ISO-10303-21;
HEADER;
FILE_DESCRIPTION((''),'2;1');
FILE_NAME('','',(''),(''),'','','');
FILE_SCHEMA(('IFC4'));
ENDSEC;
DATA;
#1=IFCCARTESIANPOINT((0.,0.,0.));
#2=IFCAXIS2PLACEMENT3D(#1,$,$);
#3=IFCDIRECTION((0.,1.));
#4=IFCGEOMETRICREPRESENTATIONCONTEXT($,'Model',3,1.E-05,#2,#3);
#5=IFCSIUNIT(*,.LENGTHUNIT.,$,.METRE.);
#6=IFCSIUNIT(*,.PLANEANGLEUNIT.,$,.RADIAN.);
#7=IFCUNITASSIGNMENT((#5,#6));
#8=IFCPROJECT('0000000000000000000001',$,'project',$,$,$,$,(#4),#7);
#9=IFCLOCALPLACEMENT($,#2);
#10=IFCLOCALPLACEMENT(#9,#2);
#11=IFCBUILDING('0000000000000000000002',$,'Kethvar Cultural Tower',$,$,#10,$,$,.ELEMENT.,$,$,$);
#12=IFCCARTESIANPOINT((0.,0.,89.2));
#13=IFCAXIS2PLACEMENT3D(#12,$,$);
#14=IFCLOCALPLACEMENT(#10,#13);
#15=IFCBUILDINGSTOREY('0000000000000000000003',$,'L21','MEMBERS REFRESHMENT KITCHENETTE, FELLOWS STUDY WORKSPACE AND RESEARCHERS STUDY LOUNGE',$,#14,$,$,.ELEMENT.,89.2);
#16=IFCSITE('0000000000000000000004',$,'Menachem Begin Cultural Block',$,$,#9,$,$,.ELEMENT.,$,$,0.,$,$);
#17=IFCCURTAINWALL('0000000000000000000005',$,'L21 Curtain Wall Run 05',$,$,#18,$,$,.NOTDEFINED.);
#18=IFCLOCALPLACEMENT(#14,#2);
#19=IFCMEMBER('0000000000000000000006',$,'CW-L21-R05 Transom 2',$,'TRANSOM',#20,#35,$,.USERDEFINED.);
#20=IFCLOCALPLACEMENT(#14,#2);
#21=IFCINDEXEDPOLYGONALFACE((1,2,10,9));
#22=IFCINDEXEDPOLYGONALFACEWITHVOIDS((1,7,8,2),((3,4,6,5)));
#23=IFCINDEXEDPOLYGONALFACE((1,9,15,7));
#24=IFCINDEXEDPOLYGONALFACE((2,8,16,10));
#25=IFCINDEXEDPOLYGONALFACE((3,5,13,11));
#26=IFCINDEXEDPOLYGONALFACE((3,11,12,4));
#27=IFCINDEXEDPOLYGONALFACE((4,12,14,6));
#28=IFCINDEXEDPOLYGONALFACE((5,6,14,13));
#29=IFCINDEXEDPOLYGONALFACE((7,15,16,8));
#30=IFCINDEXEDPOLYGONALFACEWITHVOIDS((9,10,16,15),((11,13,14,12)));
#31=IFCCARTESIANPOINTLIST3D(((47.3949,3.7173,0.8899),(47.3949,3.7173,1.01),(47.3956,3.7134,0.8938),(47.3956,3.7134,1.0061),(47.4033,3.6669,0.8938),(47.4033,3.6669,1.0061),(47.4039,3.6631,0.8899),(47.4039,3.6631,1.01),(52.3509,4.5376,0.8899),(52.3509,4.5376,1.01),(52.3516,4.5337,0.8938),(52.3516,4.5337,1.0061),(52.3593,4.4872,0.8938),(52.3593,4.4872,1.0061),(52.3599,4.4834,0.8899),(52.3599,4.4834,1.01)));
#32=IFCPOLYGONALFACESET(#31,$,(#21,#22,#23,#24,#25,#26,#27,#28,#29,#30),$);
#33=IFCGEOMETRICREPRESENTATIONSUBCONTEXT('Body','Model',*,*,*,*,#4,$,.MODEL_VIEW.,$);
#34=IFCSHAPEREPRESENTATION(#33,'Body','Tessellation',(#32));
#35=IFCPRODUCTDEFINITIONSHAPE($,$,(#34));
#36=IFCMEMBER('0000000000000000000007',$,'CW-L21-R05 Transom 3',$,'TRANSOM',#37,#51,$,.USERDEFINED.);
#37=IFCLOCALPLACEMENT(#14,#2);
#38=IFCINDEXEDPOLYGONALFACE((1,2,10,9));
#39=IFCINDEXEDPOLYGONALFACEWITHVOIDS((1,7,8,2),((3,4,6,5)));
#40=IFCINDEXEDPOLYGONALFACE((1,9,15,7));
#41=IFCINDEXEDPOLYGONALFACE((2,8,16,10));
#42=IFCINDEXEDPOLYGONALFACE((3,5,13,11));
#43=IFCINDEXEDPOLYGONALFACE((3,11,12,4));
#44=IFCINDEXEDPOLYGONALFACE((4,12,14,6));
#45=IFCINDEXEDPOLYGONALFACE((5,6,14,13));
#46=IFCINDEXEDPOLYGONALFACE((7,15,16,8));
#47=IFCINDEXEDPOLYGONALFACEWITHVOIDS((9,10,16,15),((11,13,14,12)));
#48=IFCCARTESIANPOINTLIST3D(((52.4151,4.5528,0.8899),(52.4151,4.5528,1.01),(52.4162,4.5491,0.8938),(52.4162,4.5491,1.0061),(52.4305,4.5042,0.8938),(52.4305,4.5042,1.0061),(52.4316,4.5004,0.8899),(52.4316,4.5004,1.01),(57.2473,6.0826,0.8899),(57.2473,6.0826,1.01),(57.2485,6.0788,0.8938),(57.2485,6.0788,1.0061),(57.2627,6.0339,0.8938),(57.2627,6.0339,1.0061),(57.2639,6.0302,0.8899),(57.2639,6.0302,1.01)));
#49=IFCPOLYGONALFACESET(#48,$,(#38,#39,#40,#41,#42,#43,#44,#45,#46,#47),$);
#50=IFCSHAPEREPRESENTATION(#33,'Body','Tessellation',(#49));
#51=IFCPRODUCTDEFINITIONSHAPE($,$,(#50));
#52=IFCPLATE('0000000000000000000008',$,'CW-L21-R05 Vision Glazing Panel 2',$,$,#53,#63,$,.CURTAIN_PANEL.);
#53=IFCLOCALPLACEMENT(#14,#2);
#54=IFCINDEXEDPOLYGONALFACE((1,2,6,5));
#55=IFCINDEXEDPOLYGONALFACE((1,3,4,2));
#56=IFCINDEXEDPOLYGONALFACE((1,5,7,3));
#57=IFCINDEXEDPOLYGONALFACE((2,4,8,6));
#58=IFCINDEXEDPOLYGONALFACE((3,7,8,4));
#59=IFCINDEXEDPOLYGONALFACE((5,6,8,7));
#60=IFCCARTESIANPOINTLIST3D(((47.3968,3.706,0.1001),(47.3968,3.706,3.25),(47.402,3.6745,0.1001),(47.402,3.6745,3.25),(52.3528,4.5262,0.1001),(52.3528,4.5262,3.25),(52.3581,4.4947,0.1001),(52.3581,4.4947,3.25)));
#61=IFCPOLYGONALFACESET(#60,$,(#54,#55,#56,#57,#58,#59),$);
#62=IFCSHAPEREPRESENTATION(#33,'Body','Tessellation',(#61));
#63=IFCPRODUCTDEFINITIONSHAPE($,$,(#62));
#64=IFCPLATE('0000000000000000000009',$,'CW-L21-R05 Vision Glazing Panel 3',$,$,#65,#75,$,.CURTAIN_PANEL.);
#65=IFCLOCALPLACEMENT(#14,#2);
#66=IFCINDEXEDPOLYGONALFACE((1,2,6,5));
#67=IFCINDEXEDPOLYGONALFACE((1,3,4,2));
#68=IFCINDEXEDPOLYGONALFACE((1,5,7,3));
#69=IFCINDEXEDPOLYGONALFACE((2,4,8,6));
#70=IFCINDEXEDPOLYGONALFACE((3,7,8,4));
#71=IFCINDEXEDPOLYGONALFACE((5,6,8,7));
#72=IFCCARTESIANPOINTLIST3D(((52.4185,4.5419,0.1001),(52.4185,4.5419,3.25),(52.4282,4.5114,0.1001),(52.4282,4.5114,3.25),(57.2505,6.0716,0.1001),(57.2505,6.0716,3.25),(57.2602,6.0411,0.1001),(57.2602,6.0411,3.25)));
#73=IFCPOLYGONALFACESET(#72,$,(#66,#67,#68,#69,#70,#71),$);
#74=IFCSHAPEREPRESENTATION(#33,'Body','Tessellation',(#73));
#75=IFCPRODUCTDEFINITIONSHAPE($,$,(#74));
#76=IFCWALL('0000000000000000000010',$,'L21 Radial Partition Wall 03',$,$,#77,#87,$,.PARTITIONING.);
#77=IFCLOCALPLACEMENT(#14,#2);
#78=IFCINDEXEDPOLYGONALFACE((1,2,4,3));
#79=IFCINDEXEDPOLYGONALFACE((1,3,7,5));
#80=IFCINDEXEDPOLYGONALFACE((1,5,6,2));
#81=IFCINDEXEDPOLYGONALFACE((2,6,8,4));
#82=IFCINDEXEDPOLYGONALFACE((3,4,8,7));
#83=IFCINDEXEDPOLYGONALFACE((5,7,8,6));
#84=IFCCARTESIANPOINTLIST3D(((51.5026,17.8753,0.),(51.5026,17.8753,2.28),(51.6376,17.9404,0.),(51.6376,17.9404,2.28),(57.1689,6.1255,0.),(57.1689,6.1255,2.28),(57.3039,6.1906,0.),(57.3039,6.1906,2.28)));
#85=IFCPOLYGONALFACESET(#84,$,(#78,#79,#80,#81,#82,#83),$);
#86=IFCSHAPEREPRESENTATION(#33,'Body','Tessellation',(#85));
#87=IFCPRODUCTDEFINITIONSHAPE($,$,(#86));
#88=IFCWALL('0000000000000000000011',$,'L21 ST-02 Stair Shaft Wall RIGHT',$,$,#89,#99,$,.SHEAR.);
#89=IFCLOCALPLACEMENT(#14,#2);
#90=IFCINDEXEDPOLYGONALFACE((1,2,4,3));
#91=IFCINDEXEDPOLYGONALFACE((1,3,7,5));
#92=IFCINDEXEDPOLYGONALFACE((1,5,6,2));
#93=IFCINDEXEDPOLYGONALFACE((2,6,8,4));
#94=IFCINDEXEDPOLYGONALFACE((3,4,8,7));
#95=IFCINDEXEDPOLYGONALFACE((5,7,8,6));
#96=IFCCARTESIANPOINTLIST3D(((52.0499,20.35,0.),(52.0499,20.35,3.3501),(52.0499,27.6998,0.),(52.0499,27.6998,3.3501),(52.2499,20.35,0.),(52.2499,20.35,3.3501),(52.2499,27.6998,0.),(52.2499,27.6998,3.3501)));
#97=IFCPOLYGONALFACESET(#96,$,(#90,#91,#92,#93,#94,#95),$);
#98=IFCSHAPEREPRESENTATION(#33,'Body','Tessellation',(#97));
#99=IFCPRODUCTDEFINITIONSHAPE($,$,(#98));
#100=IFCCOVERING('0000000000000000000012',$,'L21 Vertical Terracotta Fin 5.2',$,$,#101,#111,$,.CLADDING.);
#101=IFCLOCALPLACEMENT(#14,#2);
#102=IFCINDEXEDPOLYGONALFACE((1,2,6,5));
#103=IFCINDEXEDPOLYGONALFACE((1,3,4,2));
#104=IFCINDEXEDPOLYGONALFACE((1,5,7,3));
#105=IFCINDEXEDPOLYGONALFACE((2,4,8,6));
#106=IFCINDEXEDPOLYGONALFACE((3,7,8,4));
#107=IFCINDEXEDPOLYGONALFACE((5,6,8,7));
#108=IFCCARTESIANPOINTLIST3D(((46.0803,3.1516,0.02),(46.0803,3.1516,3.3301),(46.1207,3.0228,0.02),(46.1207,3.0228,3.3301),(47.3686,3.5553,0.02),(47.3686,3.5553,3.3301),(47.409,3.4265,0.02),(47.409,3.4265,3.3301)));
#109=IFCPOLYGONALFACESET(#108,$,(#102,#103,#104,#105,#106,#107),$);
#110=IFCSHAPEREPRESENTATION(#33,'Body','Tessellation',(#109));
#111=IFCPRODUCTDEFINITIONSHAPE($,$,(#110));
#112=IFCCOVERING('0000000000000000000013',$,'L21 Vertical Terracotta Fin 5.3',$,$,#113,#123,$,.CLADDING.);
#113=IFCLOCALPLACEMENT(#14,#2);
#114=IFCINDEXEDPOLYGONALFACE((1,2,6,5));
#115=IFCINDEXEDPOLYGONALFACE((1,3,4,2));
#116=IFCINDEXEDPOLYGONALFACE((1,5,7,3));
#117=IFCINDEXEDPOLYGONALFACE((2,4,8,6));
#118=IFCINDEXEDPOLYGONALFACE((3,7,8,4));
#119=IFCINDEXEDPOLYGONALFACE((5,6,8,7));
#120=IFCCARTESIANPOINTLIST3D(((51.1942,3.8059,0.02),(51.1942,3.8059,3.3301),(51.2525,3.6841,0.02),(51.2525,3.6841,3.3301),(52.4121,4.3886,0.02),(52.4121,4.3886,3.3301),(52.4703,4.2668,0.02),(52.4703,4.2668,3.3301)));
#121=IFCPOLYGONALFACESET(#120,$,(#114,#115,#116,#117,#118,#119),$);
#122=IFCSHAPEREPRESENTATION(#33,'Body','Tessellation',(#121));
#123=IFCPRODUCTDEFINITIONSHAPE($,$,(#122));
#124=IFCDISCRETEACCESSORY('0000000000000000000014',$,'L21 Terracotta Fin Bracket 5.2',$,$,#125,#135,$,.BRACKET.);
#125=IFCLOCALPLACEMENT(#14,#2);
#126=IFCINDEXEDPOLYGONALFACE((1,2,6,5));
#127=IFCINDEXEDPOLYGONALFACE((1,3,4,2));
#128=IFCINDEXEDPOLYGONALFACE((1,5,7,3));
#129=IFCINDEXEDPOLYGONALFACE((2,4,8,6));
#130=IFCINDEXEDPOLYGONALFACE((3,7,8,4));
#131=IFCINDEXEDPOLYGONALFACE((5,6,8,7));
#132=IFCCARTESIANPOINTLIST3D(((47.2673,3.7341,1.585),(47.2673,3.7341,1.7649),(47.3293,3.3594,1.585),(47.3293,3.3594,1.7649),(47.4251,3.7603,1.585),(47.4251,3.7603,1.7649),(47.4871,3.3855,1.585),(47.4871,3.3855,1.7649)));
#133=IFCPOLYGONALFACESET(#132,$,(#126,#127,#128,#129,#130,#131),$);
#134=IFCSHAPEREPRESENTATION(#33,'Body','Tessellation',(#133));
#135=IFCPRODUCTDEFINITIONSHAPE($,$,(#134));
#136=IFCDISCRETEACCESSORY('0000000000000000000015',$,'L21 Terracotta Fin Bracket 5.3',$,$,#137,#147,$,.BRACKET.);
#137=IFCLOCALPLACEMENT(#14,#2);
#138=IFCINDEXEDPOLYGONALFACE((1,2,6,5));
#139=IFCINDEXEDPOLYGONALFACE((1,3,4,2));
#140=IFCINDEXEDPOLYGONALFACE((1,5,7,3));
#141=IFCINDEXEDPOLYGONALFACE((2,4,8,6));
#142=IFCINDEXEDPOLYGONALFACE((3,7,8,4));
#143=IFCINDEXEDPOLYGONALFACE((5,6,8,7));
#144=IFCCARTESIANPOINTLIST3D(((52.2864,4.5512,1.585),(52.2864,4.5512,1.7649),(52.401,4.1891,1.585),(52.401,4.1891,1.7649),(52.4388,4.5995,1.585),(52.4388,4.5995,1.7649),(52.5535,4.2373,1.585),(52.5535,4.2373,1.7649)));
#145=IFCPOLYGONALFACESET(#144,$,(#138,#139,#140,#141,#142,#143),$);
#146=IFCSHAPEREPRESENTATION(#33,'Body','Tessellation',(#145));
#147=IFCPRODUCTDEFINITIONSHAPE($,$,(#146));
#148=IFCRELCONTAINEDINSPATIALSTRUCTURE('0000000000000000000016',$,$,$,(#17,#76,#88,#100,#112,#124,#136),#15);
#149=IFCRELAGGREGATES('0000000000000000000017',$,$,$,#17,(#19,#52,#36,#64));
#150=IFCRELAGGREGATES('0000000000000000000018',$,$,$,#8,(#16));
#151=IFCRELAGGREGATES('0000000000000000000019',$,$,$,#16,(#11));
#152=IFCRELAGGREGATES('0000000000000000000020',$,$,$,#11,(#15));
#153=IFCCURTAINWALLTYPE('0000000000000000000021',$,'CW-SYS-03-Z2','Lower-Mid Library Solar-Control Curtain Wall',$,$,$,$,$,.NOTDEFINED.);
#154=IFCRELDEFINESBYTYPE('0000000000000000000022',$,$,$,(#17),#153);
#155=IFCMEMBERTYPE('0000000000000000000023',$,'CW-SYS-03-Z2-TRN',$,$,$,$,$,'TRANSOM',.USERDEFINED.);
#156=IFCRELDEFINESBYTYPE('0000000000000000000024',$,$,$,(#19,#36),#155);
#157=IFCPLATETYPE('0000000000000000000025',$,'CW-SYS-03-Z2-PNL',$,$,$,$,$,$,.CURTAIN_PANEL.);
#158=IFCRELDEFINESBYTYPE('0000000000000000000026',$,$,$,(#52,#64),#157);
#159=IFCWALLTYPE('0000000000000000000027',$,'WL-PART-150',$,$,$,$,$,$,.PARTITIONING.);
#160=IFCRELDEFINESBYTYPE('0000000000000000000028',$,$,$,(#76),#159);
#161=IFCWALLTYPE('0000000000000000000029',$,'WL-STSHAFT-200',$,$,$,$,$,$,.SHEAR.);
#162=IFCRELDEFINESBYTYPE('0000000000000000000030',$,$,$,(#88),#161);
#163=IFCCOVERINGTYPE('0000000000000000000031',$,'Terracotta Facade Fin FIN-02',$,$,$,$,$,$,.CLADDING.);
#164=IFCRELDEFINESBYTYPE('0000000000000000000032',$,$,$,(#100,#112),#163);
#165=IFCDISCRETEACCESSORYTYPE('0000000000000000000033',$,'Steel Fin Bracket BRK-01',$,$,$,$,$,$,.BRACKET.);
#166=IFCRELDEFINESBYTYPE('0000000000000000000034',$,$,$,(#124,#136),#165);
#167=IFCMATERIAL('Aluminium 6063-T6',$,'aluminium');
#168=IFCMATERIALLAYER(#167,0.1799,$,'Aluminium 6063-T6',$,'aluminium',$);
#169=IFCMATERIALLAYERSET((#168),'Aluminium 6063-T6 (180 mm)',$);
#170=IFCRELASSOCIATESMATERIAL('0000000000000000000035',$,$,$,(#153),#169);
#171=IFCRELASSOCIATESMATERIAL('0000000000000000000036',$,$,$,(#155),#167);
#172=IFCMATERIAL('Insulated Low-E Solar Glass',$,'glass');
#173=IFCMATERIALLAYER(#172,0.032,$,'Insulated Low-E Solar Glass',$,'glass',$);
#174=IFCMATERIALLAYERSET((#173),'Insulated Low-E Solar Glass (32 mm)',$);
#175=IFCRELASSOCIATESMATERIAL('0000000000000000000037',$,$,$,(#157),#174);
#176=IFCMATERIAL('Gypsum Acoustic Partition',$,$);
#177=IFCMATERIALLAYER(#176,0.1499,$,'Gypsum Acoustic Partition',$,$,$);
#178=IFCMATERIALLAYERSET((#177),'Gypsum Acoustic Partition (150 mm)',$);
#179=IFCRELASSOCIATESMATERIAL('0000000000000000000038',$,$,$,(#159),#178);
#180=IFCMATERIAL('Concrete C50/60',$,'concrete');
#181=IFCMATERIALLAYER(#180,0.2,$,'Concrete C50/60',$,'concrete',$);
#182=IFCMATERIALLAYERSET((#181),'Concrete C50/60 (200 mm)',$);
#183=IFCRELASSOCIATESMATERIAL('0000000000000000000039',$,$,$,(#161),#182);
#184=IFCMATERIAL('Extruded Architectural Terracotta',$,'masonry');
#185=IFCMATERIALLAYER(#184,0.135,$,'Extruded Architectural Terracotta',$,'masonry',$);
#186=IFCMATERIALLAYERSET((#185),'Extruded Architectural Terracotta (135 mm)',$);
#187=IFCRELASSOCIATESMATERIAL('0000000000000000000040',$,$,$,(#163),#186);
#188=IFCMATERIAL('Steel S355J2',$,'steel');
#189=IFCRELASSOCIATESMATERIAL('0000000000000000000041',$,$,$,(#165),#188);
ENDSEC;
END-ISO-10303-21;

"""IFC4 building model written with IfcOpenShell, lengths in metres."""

from ifc_helpers import new_model, si_unit, direction, frame, frame_2d, origin, origin_2d, place, context, subcontext, project, spatial, rectangle, hollow_rectangle, extrude, source, transform, mapped, material, layer, layer_set, material_profile, profile_set, type_object, element, aggregate, save


model = new_model("IFC4")

# Units and contexts
model_context = context("Model", 3, precision=1e-05, world=origin(), true_north=direction((0.0, 1.0)))
body_context = subcontext(model_context, "Body", "Model", "MODEL_VIEW")
ifc_project = project(units=[si_unit("LENGTHUNIT", "METRE"), si_unit("PLANEANGLEUNIT", "RADIAN")], contexts=[model_context])

# Site, building, storey
site_placement = place(None, origin())
site = spatial("IfcSite", under=ifc_project, at=site_placement, Name="Menachem Begin Cultural Block", CompositionType="ELEMENT", RefElevation=0.0)
building_placement = place(site_placement, origin())
building = spatial("IfcBuilding", under=site, at=building_placement, Name="Kethvar Cultural Tower", CompositionType="ELEMENT")
storey_placement = place(building_placement, frame((0.0, 0.0, 89.2)))
storey = spatial("IfcBuildingStorey", under=building, at=storey_placement, Name="L21", Description="MEMBERS REFRESHMENT KITCHENETTE, FELLOWS STUDY WORKSPACE AND RESEARCHERS STUDY LOUNGE", CompositionType="ELEMENT", Elevation=89.2)

# Shared definitions
ifc_material_1 = material(Name="Steel S355J2", Category="steel")

# Curtain wall, members, plates
ifc_material_2 = material(Name="Aluminium 6063-T6", Category="aluminium")
ifc_layer_1 = layer(ifc_material_2, 0.1799, Name="Aluminium 6063-T6", Category="aluminium")
ifc_layer_set_1 = layer_set([ifc_layer_1], Name="Aluminium 6063-T6 (180 mm)")
curtain_wall_type = type_object("IfcCurtainWallType", Name="CW-SYS-03-Z2", Description="Lower-Mid Library Solar-Control Curtain Wall", PredefinedType="NOTDEFINED", material=ifc_layer_set_1)
curtain_wall_placement = place(storey_placement, origin())
curtain_wall = element("IfcCurtainWall", 1, at=curtain_wall_placement, inside=storey, type_object=curtain_wall_type, Name="L21 Curtain Wall Run 05", PredefinedType="NOTDEFINED")
ifc_material_profile_1 = material_profile(ifc_material_2, hollow_rectangle(XDim=0.0549, YDim=0.1201, WallThickness=0.0039, at=origin_2d()), Name="Aluminium 6063-T6 — RHS120x55x4")
ifc_profile_set_1 = profile_set([ifc_material_profile_1], Name="Aluminium 6063-T6 — RHS120x55x4")
member_type_1 = type_object("IfcMemberType", Name="CW-SYS-03-Z2-TRN", ElementType="TRANSOM", PredefinedType="USERDEFINED", material=ifc_profile_set_1)
shared_shape_1 = source(origin(), body_context, "Body", "SweptSolid", [
    extrude(hollow_rectangle(XDim=0.0549, YDim=0.1201, WallThickness=0.0039, at=origin_2d()), origin(), (0.0, 0.0, 1.0), 5.0234),
])
member_1_placement = place(storey_placement, frame((47.3994, 3.6902, 0.95), z_axis=(0.986577, 0.163296, 0.0), x_axis=(-0.163296, 0.986577, 0.0)))
member_1 = element("IfcMember", 2, at=member_1_placement, type_object=member_type_1, Name="CW-L21-R05 Transom 2", ObjectType="TRANSOM", PredefinedType="USERDEFINED", context=body_context, shape_type="MappedRepresentation", body=[
    mapped(shared_shape_1, transform((0.0, 0.0, 0.0), scale=1.0)),
])
shared_shape_2 = source(origin(), body_context, "Body", "SweptSolid", [
    extrude(hollow_rectangle(XDim=0.0549, YDim=0.1201, WallThickness=0.0039, at=origin_2d()), origin(), (0.0, 0.0, 1.0), 5.0686),
])
member_2_placement = place(storey_placement, frame((52.4233, 4.5266, 0.95), z_axis=(0.953367, 0.301814, 0.0), x_axis=(-0.301814, 0.953367, 0.0)))
member_2 = element("IfcMember", 3, at=member_2_placement, type_object=member_type_1, Name="CW-L21-R05 Transom 3", ObjectType="TRANSOM", PredefinedType="USERDEFINED", context=body_context, shape_type="MappedRepresentation", body=[
    mapped(shared_shape_2, transform((0.0, 0.0, 0.0), scale=1.0)),
])
ifc_material_3 = material(Name="Insulated Low-E Solar Glass", Category="glass")
ifc_layer_2 = layer(ifc_material_3, 0.032, Name="Insulated Low-E Solar Glass", Category="glass")
ifc_layer_set_2 = layer_set([ifc_layer_2], Name="Insulated Low-E Solar Glass (32 mm)")
plate_type = type_object("IfcPlateType", Name="CW-SYS-03-Z2-PNL", PredefinedType="CURTAIN_PANEL", material=ifc_layer_set_2)
shared_shape_3 = source(origin(), body_context, "Body", "SweptSolid", [
    extrude(rectangle(XDim=5.0234, YDim=0.032, at=origin_2d()), origin(), (0.0, 0.0, 1.0), 3.1499),
])
plate_1_placement = place(storey_placement, frame((49.8774, 4.1003, 0.1001), z_axis=(0.0, 0.0, 1.0), x_axis=(0.986581, 0.163274, 0.0)))
plate_1 = element("IfcPlate", 4, at=plate_1_placement, type_object=plate_type, Name="CW-L21-R05 Vision Glazing Panel 2", PredefinedType="CURTAIN_PANEL", context=body_context, shape_type="MappedRepresentation", body=[
    mapped(shared_shape_3, transform((0.0, 0.0, 0.0), scale=1.0)),
])
shared_shape_4 = source(origin(), body_context, "Body", "SweptSolid", [
    extrude(rectangle(XDim=5.0684, YDim=0.032, at=origin_2d()), origin(), (0.0, 0.0, 1.0), 3.1499),
])
plate_2_placement = place(storey_placement, frame((54.8394, 5.2915, 0.1001), z_axis=(0.0, 0.0, 1.0), x_axis=(0.95337, 0.301804, 0.0)))
plate_2 = element("IfcPlate", 5, at=plate_2_placement, type_object=plate_type, Name="CW-L21-R05 Vision Glazing Panel 3", PredefinedType="CURTAIN_PANEL", context=body_context, shape_type="MappedRepresentation", body=[
    mapped(shared_shape_4, transform((0.0, 0.0, 0.0), scale=1.0)),
])
aggregate(curtain_wall, [member_1, plate_1, member_2, plate_2])

# Walls
ifc_material_4 = material(Name="Gypsum Acoustic Partition")
ifc_layer_3 = layer(ifc_material_4, 0.1499, Name="Gypsum Acoustic Partition")
ifc_layer_set_3 = layer_set([ifc_layer_3], Name="Gypsum Acoustic Partition (150 mm)")
wall_type_1 = type_object("IfcWallType", Name="WL-PART-150", PredefinedType="PARTITIONING", material=ifc_layer_set_3)
wall_1_placement = place(storey_placement, frame((51.5701, 17.908, 0.0), z_axis=(0.0, 0.0, 1.0), x_axis=(0.434374, -0.900733, 0.0)))
element("IfcWall", 6, at=wall_1_placement, inside=storey, type_object=wall_type_1, Name="L21 Radial Partition Wall 03", PredefinedType="PARTITIONING", context=body_context, shape_type="SweptSolid", body=[
    extrude(rectangle(XDim=13.0447, YDim=0.1499, at=frame_2d((6.5225, 0.0))), origin(), (0.0, 0.0, 1.0), 2.28),
])
ifc_material_5 = material(Name="Concrete C50/60", Category="concrete")
ifc_layer_4 = layer(ifc_material_5, 0.2, Name="Concrete C50/60", Category="concrete")
ifc_layer_set_4 = layer_set([ifc_layer_4], Name="Concrete C50/60 (200 mm)")
wall_type_2 = type_object("IfcWallType", Name="WL-STSHAFT-200", PredefinedType="SHEAR", material=ifc_layer_set_4)
wall_2_placement = place(storey_placement, frame((52.1499, 20.3501, 0.0), z_axis=(0.0, 0.0, 1.0), x_axis=(0.0, 1.0, 0.0)))
element("IfcWall", 7, at=wall_2_placement, inside=storey, type_object=wall_type_2, Name="L21 ST-02 Stair Shaft Wall RIGHT", PredefinedType="SHEAR", context=body_context, shape_type="SweptSolid", body=[
    extrude(rectangle(XDim=7.3499, YDim=0.2, at=frame_2d((3.6748, 0.0))), origin(), (0.0, 0.0, 1.0), 3.3501),
])

# Coverings
ifc_material_6 = material(Name="Extruded Architectural Terracotta", Category="masonry")
ifc_layer_5 = layer(ifc_material_6, 0.135, Name="Extruded Architectural Terracotta", Category="masonry")
ifc_layer_set_5 = layer_set([ifc_layer_5], Name="Extruded Architectural Terracotta (135 mm)")
covering_type = type_object("IfcCoveringType", Name="Terracotta Facade Fin FIN-02", PredefinedType="CLADDING", material=ifc_layer_set_5)
shared_shape_5 = source(origin(), body_context, "Body", "SweptSolid", [
    extrude(rectangle(XDim=1.3501, YDim=0.135, at=origin_2d()), origin(), (0.0, 0.0, 1.0), 3.3101),
])
for number, where, z_axis, x_axis, name in (
    (8, (46.7446, 3.2891, 0.02), (0.0, 0.0, 1.0), (-0.95424, -0.299041, 0.0), "L21 Vertical Terracotta Fin 5.2"),
    (9, (51.8323, 4.0364, 0.02), (0.0, 0.0, 1.0), (-0.902059, -0.431613, 0.0), "L21 Vertical Terracotta Fin 5.3"),
):
    element("IfcCovering", number, at=place(storey_placement, frame(where, z_axis=z_axis, x_axis=x_axis)), inside=storey, type_object=covering_type, Name=name, PredefinedType="CLADDING", context=body_context, shape_type="MappedRepresentation", body=[
        mapped(shared_shape_5, transform((0.0, 0.0, 0.0), scale=1.0)),
    ])

# Discrete accessories
discrete_accessory_type = type_object("IfcDiscreteAccessoryType", Name="Steel Fin Bracket BRK-01", PredefinedType="BRACKET", material=ifc_material_1)
shared_shape_6 = source(origin(), body_context, "Body", "SweptSolid", [
    extrude(rectangle(XDim=0.3799, YDim=0.1599, at=origin_2d()), origin(), (0.0, 0.0, 1.0), 0.1799),
])
for number, where, z_axis, x_axis, name in (
    (10, (47.3772, 3.5598, 1.585), (0.0, 0.0, 1.0), (0.163326, -0.986572, 0.0), "L21 Terracotta Fin Bracket 5.2"),
    (11, (52.4199, 4.3943, 1.585), (0.0, 0.0, 1.0), (0.301871, -0.953349, 0.0), "L21 Terracotta Fin Bracket 5.3"),
):
    element("IfcDiscreteAccessory", number, at=place(storey_placement, frame(where, z_axis=z_axis, x_axis=x_axis)), inside=storey, type_object=discrete_accessory_type, Name=name, PredefinedType="BRACKET", context=body_context, shape_type="MappedRepresentation", body=[
        mapped(shared_shape_6, transform((0.0, 0.0, 0.0), scale=1.0)),
    ])

save(model, "model.ifc")
